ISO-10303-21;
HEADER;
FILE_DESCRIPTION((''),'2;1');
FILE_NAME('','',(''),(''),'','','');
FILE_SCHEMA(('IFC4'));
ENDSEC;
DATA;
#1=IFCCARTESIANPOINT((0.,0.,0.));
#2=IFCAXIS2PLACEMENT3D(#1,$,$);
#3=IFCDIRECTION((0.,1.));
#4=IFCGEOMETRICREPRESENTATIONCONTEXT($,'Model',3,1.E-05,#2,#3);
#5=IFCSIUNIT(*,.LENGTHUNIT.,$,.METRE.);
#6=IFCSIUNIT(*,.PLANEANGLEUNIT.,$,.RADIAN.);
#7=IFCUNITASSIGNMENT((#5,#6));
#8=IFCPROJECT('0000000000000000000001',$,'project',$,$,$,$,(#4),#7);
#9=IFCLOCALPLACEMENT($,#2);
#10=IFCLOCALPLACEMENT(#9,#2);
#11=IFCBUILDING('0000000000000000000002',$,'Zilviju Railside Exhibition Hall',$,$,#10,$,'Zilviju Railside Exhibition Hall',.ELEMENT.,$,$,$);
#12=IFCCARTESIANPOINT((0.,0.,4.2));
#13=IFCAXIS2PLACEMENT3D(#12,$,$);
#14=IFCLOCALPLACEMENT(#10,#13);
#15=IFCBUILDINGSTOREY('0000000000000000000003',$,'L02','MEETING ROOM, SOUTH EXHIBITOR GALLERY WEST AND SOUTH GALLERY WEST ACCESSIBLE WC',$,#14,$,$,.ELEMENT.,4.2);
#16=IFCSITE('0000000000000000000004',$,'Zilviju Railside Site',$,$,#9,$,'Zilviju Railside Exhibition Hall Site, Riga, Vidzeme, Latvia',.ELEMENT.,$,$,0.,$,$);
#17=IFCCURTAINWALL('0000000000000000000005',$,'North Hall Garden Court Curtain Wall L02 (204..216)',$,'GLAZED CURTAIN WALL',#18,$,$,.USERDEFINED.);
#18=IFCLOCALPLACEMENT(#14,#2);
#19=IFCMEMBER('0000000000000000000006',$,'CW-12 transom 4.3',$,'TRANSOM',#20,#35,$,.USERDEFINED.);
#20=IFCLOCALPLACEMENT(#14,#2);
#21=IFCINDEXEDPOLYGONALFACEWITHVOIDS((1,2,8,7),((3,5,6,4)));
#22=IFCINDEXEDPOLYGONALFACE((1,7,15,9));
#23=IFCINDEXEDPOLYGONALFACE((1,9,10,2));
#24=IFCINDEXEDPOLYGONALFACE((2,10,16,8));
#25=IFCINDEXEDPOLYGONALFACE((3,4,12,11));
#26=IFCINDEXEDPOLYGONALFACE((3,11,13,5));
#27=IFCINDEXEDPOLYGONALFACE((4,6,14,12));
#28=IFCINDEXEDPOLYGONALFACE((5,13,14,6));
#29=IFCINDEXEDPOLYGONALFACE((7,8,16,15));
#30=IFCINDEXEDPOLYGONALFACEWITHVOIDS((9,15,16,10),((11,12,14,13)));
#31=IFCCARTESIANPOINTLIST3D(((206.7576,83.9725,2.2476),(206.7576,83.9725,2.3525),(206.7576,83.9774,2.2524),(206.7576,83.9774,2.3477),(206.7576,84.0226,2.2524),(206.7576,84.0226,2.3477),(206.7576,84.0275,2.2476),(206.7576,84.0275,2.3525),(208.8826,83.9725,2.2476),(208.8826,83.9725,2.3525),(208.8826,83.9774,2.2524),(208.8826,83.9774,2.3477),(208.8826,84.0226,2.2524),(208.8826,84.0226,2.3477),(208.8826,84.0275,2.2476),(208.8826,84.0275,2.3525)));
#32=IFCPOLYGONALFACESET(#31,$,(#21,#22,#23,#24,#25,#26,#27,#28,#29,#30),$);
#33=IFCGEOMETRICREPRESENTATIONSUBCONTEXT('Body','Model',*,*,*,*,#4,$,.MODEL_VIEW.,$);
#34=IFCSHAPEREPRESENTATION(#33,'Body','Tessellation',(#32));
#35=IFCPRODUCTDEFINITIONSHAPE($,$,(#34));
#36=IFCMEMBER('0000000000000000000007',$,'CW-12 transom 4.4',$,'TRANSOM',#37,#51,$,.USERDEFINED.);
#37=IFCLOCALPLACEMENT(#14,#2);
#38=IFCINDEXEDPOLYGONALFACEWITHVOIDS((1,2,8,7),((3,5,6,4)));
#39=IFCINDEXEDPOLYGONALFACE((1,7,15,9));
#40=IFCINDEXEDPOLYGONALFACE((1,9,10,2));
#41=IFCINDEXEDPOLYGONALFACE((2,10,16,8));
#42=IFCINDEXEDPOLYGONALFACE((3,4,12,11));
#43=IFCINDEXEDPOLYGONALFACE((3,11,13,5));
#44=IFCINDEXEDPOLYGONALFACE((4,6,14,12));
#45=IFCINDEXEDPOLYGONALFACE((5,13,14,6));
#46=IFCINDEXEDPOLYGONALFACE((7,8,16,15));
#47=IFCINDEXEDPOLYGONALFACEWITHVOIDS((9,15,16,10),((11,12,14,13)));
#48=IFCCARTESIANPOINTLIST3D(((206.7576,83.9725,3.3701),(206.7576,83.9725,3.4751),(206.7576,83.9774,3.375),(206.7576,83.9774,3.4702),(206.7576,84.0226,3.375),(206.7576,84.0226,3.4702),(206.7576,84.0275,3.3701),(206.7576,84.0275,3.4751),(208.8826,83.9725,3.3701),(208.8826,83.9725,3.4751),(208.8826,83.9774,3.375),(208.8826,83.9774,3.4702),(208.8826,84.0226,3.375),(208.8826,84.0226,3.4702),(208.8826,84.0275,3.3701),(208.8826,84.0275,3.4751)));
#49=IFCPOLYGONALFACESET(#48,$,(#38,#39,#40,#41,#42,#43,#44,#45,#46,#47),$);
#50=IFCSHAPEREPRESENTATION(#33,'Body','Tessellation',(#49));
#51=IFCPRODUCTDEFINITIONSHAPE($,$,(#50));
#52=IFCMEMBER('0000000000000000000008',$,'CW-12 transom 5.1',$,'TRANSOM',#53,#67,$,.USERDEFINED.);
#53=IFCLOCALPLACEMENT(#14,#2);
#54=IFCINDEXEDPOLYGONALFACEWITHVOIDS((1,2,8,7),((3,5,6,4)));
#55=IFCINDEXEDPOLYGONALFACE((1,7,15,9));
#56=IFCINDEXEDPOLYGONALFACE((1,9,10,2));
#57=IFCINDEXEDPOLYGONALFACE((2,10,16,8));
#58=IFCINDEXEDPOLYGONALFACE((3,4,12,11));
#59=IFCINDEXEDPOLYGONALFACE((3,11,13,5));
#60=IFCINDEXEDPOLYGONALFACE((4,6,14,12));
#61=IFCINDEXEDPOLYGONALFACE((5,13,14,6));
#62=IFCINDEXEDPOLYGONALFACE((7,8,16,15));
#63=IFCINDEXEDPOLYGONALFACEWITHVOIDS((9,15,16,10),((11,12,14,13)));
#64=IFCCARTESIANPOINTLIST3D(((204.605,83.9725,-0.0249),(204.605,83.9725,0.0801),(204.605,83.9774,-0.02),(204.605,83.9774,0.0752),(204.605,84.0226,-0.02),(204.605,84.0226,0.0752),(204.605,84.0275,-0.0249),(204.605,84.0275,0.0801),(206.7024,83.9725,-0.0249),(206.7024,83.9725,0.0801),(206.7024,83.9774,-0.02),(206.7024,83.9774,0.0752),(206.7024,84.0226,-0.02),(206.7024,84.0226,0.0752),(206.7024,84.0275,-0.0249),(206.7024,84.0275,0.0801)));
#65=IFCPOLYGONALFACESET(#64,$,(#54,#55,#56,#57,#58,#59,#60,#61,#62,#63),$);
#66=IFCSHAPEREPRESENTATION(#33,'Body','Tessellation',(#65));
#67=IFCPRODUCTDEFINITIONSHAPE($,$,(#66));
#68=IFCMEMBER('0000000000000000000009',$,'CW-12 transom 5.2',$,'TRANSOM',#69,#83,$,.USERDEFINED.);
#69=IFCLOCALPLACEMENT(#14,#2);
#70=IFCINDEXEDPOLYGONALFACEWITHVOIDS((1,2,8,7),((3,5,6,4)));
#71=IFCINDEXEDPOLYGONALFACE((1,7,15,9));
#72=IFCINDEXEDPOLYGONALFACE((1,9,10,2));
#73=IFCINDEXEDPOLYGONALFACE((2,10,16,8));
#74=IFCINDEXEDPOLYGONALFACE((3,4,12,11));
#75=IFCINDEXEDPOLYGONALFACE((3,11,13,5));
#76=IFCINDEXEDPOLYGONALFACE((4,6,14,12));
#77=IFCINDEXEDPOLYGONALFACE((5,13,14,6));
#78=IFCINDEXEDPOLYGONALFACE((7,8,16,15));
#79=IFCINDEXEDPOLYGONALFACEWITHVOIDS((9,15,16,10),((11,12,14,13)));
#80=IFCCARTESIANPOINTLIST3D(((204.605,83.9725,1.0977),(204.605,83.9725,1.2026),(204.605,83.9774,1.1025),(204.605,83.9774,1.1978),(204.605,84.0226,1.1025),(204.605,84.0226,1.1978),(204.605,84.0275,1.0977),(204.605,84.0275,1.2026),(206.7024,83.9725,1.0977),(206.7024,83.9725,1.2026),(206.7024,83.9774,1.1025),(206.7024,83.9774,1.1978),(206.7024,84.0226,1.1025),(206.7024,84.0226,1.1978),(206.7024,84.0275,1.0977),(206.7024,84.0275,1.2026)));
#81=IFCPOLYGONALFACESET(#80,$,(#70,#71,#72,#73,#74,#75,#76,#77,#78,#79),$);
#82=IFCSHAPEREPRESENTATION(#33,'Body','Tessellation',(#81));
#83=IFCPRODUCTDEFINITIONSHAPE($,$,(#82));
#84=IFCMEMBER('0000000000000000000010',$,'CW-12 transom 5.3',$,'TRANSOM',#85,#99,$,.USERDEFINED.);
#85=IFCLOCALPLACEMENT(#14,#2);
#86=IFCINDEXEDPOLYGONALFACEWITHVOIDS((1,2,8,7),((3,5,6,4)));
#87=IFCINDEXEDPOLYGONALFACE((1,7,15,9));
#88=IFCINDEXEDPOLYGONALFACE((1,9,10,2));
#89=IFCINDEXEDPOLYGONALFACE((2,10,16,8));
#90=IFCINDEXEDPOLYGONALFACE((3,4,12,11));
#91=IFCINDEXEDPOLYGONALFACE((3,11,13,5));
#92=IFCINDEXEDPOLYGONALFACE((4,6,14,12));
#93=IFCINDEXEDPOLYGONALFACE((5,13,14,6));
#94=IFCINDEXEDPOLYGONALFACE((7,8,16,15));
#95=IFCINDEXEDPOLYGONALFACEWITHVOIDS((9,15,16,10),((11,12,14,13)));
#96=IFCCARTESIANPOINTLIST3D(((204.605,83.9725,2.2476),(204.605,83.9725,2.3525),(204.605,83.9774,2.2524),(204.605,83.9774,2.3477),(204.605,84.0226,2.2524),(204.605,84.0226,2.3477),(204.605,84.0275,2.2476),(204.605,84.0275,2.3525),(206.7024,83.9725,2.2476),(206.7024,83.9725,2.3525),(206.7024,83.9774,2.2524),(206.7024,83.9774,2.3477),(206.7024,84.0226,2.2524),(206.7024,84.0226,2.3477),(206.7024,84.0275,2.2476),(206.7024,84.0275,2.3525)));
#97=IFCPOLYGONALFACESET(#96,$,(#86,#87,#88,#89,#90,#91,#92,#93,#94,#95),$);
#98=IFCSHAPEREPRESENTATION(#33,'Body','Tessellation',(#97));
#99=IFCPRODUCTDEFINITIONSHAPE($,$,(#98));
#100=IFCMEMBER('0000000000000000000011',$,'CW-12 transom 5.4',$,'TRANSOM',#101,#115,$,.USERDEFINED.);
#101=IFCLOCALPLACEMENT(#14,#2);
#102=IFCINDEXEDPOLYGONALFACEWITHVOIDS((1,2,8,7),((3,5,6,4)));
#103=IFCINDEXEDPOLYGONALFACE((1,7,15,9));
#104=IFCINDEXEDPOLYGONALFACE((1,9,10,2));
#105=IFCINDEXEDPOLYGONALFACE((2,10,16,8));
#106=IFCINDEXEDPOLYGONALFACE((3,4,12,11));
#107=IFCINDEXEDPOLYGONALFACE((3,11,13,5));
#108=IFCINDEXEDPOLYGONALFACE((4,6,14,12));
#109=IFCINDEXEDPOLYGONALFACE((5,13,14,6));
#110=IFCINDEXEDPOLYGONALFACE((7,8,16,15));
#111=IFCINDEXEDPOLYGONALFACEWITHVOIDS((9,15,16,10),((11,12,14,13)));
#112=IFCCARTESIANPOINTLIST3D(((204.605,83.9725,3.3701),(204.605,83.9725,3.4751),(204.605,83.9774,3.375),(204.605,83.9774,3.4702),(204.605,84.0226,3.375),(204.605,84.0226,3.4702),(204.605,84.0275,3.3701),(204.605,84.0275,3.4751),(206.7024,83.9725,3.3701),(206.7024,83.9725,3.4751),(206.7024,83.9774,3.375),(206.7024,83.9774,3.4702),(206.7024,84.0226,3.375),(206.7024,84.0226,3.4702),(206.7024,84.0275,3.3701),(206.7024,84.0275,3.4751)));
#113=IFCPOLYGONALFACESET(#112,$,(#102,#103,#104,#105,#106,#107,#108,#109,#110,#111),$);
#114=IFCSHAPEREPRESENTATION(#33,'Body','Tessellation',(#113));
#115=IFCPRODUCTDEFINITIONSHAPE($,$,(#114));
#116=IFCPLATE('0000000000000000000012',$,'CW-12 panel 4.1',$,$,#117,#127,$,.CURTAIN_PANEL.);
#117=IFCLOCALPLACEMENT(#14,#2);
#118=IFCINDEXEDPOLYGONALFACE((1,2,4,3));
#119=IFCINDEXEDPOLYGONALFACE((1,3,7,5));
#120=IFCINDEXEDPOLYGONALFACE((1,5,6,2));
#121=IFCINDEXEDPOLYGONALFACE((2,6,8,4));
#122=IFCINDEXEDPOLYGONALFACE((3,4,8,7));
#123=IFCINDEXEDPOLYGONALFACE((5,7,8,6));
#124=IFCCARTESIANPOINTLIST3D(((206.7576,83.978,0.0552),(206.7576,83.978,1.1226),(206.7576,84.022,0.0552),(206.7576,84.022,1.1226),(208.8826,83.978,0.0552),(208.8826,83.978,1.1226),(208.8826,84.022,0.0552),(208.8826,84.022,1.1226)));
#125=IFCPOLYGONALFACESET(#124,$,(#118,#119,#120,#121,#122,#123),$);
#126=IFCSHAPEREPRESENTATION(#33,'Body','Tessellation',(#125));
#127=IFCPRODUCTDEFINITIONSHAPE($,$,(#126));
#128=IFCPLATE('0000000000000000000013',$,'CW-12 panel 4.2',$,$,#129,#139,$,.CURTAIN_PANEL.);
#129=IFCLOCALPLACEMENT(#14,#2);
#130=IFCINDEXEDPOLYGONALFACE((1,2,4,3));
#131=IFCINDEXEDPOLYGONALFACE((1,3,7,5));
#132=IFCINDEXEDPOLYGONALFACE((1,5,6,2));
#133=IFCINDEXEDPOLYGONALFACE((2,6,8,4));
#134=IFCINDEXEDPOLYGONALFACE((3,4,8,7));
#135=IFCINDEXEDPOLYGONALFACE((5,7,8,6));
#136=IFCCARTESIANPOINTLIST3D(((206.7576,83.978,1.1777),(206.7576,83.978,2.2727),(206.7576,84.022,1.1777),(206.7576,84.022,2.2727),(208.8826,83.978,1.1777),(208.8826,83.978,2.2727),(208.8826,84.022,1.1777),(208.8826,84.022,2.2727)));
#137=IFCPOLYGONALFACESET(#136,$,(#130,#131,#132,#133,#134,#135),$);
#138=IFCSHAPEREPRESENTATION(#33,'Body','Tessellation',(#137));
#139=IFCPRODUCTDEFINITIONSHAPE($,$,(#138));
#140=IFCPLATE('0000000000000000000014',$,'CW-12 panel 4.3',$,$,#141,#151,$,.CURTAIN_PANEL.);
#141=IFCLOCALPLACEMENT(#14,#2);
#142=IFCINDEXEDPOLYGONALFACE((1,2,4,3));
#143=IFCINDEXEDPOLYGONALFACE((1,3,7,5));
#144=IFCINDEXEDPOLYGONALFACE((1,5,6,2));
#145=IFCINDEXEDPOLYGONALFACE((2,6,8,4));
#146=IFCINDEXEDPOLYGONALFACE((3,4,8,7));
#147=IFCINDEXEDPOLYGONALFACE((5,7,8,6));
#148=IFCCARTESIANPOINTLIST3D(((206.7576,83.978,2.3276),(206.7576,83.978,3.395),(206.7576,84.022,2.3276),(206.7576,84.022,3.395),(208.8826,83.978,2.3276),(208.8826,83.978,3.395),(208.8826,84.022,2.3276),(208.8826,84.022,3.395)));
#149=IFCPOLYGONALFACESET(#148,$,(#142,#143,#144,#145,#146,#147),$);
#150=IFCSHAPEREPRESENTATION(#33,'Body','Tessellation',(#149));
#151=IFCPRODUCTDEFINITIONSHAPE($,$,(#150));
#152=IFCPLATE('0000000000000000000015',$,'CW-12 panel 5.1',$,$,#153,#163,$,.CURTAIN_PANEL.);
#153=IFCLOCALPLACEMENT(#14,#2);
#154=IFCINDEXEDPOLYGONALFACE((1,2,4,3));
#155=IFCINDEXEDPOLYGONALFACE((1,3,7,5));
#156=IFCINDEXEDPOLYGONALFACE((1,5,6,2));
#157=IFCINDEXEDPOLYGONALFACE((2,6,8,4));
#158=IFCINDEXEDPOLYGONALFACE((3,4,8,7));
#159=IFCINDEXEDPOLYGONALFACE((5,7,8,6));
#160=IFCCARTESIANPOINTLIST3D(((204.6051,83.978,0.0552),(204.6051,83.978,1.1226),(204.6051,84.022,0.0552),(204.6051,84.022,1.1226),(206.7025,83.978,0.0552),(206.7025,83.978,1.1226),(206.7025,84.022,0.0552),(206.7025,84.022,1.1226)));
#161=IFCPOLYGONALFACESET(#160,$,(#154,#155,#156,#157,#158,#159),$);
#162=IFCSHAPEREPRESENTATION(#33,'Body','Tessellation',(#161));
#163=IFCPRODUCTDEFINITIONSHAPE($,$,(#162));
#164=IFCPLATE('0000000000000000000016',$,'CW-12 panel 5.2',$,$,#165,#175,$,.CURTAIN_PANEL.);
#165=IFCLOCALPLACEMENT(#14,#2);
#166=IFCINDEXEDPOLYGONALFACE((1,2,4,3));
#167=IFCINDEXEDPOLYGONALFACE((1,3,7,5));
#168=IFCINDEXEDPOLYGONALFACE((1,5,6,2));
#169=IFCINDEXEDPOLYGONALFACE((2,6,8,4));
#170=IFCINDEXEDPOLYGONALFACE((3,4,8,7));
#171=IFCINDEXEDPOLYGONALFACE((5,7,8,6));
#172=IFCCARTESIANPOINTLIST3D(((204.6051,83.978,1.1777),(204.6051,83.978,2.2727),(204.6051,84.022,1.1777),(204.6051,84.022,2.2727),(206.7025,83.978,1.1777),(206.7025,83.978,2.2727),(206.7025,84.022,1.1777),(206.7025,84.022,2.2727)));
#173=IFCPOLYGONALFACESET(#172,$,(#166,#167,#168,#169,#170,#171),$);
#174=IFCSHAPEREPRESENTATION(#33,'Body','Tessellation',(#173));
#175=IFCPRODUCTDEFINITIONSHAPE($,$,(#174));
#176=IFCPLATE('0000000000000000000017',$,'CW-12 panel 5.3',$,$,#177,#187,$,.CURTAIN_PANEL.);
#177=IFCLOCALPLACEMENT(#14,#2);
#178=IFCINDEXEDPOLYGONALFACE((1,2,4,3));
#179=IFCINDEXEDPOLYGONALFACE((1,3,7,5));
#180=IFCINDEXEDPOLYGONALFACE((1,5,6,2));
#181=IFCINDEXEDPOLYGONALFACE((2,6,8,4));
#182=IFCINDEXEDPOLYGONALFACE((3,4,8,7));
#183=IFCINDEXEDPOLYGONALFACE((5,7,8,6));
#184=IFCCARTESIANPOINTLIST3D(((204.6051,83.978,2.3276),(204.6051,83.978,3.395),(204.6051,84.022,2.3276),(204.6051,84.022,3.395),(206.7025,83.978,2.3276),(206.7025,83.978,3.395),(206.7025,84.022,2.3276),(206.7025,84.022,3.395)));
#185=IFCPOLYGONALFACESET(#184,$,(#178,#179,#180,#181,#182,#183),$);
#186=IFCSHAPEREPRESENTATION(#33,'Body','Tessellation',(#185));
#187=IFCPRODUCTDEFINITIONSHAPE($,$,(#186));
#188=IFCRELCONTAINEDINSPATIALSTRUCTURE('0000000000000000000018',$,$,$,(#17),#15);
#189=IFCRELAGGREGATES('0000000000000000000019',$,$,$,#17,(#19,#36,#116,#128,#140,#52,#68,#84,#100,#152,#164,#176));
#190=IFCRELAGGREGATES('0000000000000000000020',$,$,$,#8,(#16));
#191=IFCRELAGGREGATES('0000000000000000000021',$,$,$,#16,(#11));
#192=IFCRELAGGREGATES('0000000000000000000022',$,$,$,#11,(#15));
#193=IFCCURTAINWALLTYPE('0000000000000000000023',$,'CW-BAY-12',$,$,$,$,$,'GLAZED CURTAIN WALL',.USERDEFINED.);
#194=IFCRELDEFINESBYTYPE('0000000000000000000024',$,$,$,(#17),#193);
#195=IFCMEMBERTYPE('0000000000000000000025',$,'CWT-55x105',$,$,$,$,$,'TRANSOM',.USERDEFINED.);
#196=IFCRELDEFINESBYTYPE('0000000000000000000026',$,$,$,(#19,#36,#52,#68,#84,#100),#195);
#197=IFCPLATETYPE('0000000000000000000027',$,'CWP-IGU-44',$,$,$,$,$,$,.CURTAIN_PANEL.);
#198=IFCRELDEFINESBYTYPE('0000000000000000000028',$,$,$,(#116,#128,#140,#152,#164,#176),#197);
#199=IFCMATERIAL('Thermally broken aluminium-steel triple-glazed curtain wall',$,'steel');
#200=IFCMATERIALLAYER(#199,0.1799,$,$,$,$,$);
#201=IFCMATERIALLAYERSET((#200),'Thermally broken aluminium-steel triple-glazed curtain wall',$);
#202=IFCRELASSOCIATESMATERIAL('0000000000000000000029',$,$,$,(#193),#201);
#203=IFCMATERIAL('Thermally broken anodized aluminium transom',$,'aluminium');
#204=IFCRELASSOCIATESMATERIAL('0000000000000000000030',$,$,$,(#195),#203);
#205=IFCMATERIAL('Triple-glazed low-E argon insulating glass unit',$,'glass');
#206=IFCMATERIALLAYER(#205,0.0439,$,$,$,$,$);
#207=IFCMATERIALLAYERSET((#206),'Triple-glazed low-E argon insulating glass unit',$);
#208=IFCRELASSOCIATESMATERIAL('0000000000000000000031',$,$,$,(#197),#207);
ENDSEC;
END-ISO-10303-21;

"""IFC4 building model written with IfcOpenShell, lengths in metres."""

from ifc_helpers import new_model, si_unit, direction, frame, origin, origin_2d, place, context, subcontext, project, spatial, rectangle, hollow_rectangle, extrude, material, layer, layer_set, material_profile, profile_set, type_object, element, aggregate, save


model = new_model("IFC4")

# Units and contexts
model_context = context("Model", 3, precision=1e-05, world=origin(), true_north=direction((0.0, 1.0)))
body_context = subcontext(model_context, "Body", "Model", "MODEL_VIEW")
ifc_project = project(units=[si_unit("LENGTHUNIT", "METRE"), si_unit("PLANEANGLEUNIT", "RADIAN")], contexts=[model_context])

# Site, building, storey
site_placement = place(None, origin())
site = spatial("IfcSite", under=ifc_project, at=site_placement, Name="Zilviju Railside Site", LongName="Zilviju Railside Exhibition Hall Site, Riga, Vidzeme, Latvia", CompositionType="ELEMENT", RefElevation=0.0)
building_placement = place(site_placement, origin())
building = spatial("IfcBuilding", under=site, at=building_placement, Name="Zilviju Railside Exhibition Hall", LongName="Zilviju Railside Exhibition Hall", CompositionType="ELEMENT")
storey_placement = place(building_placement, frame((0.0, 0.0, 4.2)))
storey = spatial("IfcBuildingStorey", under=building, at=storey_placement, Name="L02", Description="MEETING ROOM, SOUTH EXHIBITOR GALLERY WEST AND SOUTH GALLERY WEST ACCESSIBLE WC", CompositionType="ELEMENT", Elevation=4.2)

# Curtain wall
ifc_material_1 = material(Name="Thermally broken aluminium-steel triple-glazed curtain wall", Category="steel")
ifc_layer_1 = layer(ifc_material_1, 0.1799)
ifc_layer_set_1 = layer_set([ifc_layer_1], Name="Thermally broken aluminium-steel triple-glazed curtain wall")
curtain_wall_type_1 = type_object("IfcCurtainWallType", Name="CW-BAY-12", ElementType="GLAZED CURTAIN WALL", PredefinedType="USERDEFINED", material=ifc_layer_set_1)
curtain_wall_1_placement = place(storey_placement, origin())
curtain_wall_1 = element("IfcCurtainWall", 1, at=curtain_wall_1_placement, inside=storey, type_object=curtain_wall_type_1, Name="North Hall Garden Court Curtain Wall L02 (204..216)", ObjectType="GLAZED CURTAIN WALL", PredefinedType="USERDEFINED")

# Members
ifc_material_2 = material(Name="Thermally broken anodized aluminium transom", Category="aluminium")
ifc_material_profile_1 = material_profile(ifc_material_2, hollow_rectangle(XDim=0.0549, YDim=0.105, WallThickness=0.0049, at=origin_2d()), Name="TRANSOM 105x55x5")
ifc_profile_set_1 = profile_set([ifc_material_profile_1], Name="Thermally broken anodized aluminium transom")
member_type_1 = type_object("IfcMemberType", Name="CWT-55x105", ElementType="TRANSOM", PredefinedType="USERDEFINED", material=ifc_profile_set_1)
member_1_placement = place(storey_placement, frame((208.8826, 84.0, 2.3), z_axis=(-1.0, 0.0, 0.0), x_axis=(0.0, -1.0, 0.0)))
member_1 = element("IfcMember", 2, at=member_1_placement, type_object=member_type_1, Name="CW-12 transom 4.3", ObjectType="TRANSOM", PredefinedType="USERDEFINED", context=body_context, shape_type="SweptSolid", body=[
    extrude(hollow_rectangle(XDim=0.0549, YDim=0.105, WallThickness=0.0049, at=origin_2d()), origin(), (0.0, 0.0, 1.0), 2.125),
])
member_2_placement = place(storey_placement, frame((208.8826, 84.0, 3.4226), z_axis=(-1.0, 0.0, 0.0), x_axis=(0.0, -1.0, 0.0)))
member_2 = element("IfcMember", 3, at=member_2_placement, type_object=member_type_1, Name="CW-12 transom 4.4", ObjectType="TRANSOM", PredefinedType="USERDEFINED", context=body_context, shape_type="SweptSolid", body=[
    extrude(hollow_rectangle(XDim=0.0549, YDim=0.105, WallThickness=0.0049, at=origin_2d()), origin(), (0.0, 0.0, 1.0), 2.125),
])
member_3_placement = place(storey_placement, frame((206.7024, 84.0, 0.0276), z_axis=(-1.0, 0.0, 0.0), x_axis=(0.0, -1.0, 0.0)))
member_3 = element("IfcMember", 4, at=member_3_placement, type_object=member_type_1, Name="CW-12 transom 5.1", ObjectType="TRANSOM", PredefinedType="USERDEFINED", context=body_context, shape_type="SweptSolid", body=[
    extrude(hollow_rectangle(XDim=0.0549, YDim=0.105, WallThickness=0.0049, at=origin_2d()), origin(), (0.0, 0.0, 1.0), 2.0974),
])
member_4_placement = place(storey_placement, frame((206.7024, 84.0, 1.1501), z_axis=(-1.0, 0.0, 0.0), x_axis=(0.0, -1.0, 0.0)))
member_4 = element("IfcMember", 5, at=member_4_placement, type_object=member_type_1, Name="CW-12 transom 5.2", ObjectType="TRANSOM", PredefinedType="USERDEFINED", context=body_context, shape_type="SweptSolid", body=[
    extrude(hollow_rectangle(XDim=0.0549, YDim=0.105, WallThickness=0.0049, at=origin_2d()), origin(), (0.0, 0.0, 1.0), 2.0974),
])
member_5_placement = place(storey_placement, frame((206.7024, 84.0, 2.3), z_axis=(-1.0, 0.0, 0.0), x_axis=(0.0, -1.0, 0.0)))
member_5 = element("IfcMember", 6, at=member_5_placement, type_object=member_type_1, Name="CW-12 transom 5.3", ObjectType="TRANSOM", PredefinedType="USERDEFINED", context=body_context, shape_type="SweptSolid", body=[
    extrude(hollow_rectangle(XDim=0.0549, YDim=0.105, WallThickness=0.0049, at=origin_2d()), origin(), (0.0, 0.0, 1.0), 2.0974),
])
member_6_placement = place(storey_placement, frame((206.7024, 84.0, 3.4226), z_axis=(-1.0, 0.0, 0.0), x_axis=(0.0, -1.0, 0.0)))
member_6 = element("IfcMember", 7, at=member_6_placement, type_object=member_type_1, Name="CW-12 transom 5.4", ObjectType="TRANSOM", PredefinedType="USERDEFINED", context=body_context, shape_type="SweptSolid", body=[
    extrude(hollow_rectangle(XDim=0.0549, YDim=0.105, WallThickness=0.0049, at=origin_2d()), origin(), (0.0, 0.0, 1.0), 2.0974),
])

# Plates
ifc_material_3 = material(Name="Triple-glazed low-E argon insulating glass unit", Category="glass")
ifc_layer_2 = layer(ifc_material_3, 0.0439)
ifc_layer_set_2 = layer_set([ifc_layer_2], Name="Triple-glazed low-E argon insulating glass unit")
plate_type = type_object("IfcPlateType", Name="CWP-IGU-44", PredefinedType="CURTAIN_PANEL", material=ifc_layer_set_2)
plate_1_placement = place(storey_placement, frame((207.8201, 84.0, 0.0552), z_axis=(0.0, 0.0, 1.0), x_axis=(-1.0, 0.0, 0.0)))
plate_1 = element("IfcPlate", 8, at=plate_1_placement, type_object=plate_type, Name="CW-12 panel 4.1", PredefinedType="CURTAIN_PANEL", context=body_context, shape_type="SweptSolid", body=[
    extrude(rectangle(XDim=2.125, YDim=0.0439, at=origin_2d()), origin(), (0.0, 0.0, 1.0), 1.0674),
])
plate_2_placement = place(storey_placement, frame((207.8201, 84.0, 1.1777), z_axis=(0.0, 0.0, 1.0), x_axis=(-1.0, 0.0, 0.0)))
plate_2 = element("IfcPlate", 9, at=plate_2_placement, type_object=plate_type, Name="CW-12 panel 4.2", PredefinedType="CURTAIN_PANEL", context=body_context, shape_type="SweptSolid", body=[
    extrude(rectangle(XDim=2.125, YDim=0.0439, at=origin_2d()), origin(), (0.0, 0.0, 1.0), 1.095),
])
plate_3_placement = place(storey_placement, frame((207.8201, 84.0, 2.3276), z_axis=(0.0, 0.0, 1.0), x_axis=(-1.0, 0.0, 0.0)))
plate_3 = element("IfcPlate", 10, at=plate_3_placement, type_object=plate_type, Name="CW-12 panel 4.3", PredefinedType="CURTAIN_PANEL", context=body_context, shape_type="SweptSolid", body=[
    extrude(rectangle(XDim=2.125, YDim=0.0439, at=origin_2d()), origin(), (0.0, 0.0, 1.0), 1.0674),
])
plate_4_placement = place(storey_placement, frame((205.6538, 84.0, 0.0552), z_axis=(0.0, 0.0, 1.0), x_axis=(-1.0, 0.0, 0.0)))
plate_4 = element("IfcPlate", 11, at=plate_4_placement, type_object=plate_type, Name="CW-12 panel 5.1", PredefinedType="CURTAIN_PANEL", context=body_context, shape_type="SweptSolid", body=[
    extrude(rectangle(XDim=2.0974, YDim=0.0439, at=origin_2d()), origin(), (0.0, 0.0, 1.0), 1.0674),
])
plate_5_placement = place(storey_placement, frame((205.6538, 84.0, 1.1777), z_axis=(0.0, 0.0, 1.0), x_axis=(-1.0, 0.0, 0.0)))
plate_5 = element("IfcPlate", 12, at=plate_5_placement, type_object=plate_type, Name="CW-12 panel 5.2", PredefinedType="CURTAIN_PANEL", context=body_context, shape_type="SweptSolid", body=[
    extrude(rectangle(XDim=2.0974, YDim=0.0439, at=origin_2d()), origin(), (0.0, 0.0, 1.0), 1.095),
])
plate_6_placement = place(storey_placement, frame((205.6538, 84.0, 2.3276), z_axis=(0.0, 0.0, 1.0), x_axis=(-1.0, 0.0, 0.0)))
plate_6 = element("IfcPlate", 13, at=plate_6_placement, type_object=plate_type, Name="CW-12 panel 5.3", PredefinedType="CURTAIN_PANEL", context=body_context, shape_type="SweptSolid", body=[
    extrude(rectangle(XDim=2.0974, YDim=0.0439, at=origin_2d()), origin(), (0.0, 0.0, 1.0), 1.0674),
])
aggregate(curtain_wall_1, [member_1, member_2, plate_1, plate_2, plate_3, member_3, member_4, member_5, member_6, plate_4, plate_5, plate_6])

save(model, "model.ifc")
